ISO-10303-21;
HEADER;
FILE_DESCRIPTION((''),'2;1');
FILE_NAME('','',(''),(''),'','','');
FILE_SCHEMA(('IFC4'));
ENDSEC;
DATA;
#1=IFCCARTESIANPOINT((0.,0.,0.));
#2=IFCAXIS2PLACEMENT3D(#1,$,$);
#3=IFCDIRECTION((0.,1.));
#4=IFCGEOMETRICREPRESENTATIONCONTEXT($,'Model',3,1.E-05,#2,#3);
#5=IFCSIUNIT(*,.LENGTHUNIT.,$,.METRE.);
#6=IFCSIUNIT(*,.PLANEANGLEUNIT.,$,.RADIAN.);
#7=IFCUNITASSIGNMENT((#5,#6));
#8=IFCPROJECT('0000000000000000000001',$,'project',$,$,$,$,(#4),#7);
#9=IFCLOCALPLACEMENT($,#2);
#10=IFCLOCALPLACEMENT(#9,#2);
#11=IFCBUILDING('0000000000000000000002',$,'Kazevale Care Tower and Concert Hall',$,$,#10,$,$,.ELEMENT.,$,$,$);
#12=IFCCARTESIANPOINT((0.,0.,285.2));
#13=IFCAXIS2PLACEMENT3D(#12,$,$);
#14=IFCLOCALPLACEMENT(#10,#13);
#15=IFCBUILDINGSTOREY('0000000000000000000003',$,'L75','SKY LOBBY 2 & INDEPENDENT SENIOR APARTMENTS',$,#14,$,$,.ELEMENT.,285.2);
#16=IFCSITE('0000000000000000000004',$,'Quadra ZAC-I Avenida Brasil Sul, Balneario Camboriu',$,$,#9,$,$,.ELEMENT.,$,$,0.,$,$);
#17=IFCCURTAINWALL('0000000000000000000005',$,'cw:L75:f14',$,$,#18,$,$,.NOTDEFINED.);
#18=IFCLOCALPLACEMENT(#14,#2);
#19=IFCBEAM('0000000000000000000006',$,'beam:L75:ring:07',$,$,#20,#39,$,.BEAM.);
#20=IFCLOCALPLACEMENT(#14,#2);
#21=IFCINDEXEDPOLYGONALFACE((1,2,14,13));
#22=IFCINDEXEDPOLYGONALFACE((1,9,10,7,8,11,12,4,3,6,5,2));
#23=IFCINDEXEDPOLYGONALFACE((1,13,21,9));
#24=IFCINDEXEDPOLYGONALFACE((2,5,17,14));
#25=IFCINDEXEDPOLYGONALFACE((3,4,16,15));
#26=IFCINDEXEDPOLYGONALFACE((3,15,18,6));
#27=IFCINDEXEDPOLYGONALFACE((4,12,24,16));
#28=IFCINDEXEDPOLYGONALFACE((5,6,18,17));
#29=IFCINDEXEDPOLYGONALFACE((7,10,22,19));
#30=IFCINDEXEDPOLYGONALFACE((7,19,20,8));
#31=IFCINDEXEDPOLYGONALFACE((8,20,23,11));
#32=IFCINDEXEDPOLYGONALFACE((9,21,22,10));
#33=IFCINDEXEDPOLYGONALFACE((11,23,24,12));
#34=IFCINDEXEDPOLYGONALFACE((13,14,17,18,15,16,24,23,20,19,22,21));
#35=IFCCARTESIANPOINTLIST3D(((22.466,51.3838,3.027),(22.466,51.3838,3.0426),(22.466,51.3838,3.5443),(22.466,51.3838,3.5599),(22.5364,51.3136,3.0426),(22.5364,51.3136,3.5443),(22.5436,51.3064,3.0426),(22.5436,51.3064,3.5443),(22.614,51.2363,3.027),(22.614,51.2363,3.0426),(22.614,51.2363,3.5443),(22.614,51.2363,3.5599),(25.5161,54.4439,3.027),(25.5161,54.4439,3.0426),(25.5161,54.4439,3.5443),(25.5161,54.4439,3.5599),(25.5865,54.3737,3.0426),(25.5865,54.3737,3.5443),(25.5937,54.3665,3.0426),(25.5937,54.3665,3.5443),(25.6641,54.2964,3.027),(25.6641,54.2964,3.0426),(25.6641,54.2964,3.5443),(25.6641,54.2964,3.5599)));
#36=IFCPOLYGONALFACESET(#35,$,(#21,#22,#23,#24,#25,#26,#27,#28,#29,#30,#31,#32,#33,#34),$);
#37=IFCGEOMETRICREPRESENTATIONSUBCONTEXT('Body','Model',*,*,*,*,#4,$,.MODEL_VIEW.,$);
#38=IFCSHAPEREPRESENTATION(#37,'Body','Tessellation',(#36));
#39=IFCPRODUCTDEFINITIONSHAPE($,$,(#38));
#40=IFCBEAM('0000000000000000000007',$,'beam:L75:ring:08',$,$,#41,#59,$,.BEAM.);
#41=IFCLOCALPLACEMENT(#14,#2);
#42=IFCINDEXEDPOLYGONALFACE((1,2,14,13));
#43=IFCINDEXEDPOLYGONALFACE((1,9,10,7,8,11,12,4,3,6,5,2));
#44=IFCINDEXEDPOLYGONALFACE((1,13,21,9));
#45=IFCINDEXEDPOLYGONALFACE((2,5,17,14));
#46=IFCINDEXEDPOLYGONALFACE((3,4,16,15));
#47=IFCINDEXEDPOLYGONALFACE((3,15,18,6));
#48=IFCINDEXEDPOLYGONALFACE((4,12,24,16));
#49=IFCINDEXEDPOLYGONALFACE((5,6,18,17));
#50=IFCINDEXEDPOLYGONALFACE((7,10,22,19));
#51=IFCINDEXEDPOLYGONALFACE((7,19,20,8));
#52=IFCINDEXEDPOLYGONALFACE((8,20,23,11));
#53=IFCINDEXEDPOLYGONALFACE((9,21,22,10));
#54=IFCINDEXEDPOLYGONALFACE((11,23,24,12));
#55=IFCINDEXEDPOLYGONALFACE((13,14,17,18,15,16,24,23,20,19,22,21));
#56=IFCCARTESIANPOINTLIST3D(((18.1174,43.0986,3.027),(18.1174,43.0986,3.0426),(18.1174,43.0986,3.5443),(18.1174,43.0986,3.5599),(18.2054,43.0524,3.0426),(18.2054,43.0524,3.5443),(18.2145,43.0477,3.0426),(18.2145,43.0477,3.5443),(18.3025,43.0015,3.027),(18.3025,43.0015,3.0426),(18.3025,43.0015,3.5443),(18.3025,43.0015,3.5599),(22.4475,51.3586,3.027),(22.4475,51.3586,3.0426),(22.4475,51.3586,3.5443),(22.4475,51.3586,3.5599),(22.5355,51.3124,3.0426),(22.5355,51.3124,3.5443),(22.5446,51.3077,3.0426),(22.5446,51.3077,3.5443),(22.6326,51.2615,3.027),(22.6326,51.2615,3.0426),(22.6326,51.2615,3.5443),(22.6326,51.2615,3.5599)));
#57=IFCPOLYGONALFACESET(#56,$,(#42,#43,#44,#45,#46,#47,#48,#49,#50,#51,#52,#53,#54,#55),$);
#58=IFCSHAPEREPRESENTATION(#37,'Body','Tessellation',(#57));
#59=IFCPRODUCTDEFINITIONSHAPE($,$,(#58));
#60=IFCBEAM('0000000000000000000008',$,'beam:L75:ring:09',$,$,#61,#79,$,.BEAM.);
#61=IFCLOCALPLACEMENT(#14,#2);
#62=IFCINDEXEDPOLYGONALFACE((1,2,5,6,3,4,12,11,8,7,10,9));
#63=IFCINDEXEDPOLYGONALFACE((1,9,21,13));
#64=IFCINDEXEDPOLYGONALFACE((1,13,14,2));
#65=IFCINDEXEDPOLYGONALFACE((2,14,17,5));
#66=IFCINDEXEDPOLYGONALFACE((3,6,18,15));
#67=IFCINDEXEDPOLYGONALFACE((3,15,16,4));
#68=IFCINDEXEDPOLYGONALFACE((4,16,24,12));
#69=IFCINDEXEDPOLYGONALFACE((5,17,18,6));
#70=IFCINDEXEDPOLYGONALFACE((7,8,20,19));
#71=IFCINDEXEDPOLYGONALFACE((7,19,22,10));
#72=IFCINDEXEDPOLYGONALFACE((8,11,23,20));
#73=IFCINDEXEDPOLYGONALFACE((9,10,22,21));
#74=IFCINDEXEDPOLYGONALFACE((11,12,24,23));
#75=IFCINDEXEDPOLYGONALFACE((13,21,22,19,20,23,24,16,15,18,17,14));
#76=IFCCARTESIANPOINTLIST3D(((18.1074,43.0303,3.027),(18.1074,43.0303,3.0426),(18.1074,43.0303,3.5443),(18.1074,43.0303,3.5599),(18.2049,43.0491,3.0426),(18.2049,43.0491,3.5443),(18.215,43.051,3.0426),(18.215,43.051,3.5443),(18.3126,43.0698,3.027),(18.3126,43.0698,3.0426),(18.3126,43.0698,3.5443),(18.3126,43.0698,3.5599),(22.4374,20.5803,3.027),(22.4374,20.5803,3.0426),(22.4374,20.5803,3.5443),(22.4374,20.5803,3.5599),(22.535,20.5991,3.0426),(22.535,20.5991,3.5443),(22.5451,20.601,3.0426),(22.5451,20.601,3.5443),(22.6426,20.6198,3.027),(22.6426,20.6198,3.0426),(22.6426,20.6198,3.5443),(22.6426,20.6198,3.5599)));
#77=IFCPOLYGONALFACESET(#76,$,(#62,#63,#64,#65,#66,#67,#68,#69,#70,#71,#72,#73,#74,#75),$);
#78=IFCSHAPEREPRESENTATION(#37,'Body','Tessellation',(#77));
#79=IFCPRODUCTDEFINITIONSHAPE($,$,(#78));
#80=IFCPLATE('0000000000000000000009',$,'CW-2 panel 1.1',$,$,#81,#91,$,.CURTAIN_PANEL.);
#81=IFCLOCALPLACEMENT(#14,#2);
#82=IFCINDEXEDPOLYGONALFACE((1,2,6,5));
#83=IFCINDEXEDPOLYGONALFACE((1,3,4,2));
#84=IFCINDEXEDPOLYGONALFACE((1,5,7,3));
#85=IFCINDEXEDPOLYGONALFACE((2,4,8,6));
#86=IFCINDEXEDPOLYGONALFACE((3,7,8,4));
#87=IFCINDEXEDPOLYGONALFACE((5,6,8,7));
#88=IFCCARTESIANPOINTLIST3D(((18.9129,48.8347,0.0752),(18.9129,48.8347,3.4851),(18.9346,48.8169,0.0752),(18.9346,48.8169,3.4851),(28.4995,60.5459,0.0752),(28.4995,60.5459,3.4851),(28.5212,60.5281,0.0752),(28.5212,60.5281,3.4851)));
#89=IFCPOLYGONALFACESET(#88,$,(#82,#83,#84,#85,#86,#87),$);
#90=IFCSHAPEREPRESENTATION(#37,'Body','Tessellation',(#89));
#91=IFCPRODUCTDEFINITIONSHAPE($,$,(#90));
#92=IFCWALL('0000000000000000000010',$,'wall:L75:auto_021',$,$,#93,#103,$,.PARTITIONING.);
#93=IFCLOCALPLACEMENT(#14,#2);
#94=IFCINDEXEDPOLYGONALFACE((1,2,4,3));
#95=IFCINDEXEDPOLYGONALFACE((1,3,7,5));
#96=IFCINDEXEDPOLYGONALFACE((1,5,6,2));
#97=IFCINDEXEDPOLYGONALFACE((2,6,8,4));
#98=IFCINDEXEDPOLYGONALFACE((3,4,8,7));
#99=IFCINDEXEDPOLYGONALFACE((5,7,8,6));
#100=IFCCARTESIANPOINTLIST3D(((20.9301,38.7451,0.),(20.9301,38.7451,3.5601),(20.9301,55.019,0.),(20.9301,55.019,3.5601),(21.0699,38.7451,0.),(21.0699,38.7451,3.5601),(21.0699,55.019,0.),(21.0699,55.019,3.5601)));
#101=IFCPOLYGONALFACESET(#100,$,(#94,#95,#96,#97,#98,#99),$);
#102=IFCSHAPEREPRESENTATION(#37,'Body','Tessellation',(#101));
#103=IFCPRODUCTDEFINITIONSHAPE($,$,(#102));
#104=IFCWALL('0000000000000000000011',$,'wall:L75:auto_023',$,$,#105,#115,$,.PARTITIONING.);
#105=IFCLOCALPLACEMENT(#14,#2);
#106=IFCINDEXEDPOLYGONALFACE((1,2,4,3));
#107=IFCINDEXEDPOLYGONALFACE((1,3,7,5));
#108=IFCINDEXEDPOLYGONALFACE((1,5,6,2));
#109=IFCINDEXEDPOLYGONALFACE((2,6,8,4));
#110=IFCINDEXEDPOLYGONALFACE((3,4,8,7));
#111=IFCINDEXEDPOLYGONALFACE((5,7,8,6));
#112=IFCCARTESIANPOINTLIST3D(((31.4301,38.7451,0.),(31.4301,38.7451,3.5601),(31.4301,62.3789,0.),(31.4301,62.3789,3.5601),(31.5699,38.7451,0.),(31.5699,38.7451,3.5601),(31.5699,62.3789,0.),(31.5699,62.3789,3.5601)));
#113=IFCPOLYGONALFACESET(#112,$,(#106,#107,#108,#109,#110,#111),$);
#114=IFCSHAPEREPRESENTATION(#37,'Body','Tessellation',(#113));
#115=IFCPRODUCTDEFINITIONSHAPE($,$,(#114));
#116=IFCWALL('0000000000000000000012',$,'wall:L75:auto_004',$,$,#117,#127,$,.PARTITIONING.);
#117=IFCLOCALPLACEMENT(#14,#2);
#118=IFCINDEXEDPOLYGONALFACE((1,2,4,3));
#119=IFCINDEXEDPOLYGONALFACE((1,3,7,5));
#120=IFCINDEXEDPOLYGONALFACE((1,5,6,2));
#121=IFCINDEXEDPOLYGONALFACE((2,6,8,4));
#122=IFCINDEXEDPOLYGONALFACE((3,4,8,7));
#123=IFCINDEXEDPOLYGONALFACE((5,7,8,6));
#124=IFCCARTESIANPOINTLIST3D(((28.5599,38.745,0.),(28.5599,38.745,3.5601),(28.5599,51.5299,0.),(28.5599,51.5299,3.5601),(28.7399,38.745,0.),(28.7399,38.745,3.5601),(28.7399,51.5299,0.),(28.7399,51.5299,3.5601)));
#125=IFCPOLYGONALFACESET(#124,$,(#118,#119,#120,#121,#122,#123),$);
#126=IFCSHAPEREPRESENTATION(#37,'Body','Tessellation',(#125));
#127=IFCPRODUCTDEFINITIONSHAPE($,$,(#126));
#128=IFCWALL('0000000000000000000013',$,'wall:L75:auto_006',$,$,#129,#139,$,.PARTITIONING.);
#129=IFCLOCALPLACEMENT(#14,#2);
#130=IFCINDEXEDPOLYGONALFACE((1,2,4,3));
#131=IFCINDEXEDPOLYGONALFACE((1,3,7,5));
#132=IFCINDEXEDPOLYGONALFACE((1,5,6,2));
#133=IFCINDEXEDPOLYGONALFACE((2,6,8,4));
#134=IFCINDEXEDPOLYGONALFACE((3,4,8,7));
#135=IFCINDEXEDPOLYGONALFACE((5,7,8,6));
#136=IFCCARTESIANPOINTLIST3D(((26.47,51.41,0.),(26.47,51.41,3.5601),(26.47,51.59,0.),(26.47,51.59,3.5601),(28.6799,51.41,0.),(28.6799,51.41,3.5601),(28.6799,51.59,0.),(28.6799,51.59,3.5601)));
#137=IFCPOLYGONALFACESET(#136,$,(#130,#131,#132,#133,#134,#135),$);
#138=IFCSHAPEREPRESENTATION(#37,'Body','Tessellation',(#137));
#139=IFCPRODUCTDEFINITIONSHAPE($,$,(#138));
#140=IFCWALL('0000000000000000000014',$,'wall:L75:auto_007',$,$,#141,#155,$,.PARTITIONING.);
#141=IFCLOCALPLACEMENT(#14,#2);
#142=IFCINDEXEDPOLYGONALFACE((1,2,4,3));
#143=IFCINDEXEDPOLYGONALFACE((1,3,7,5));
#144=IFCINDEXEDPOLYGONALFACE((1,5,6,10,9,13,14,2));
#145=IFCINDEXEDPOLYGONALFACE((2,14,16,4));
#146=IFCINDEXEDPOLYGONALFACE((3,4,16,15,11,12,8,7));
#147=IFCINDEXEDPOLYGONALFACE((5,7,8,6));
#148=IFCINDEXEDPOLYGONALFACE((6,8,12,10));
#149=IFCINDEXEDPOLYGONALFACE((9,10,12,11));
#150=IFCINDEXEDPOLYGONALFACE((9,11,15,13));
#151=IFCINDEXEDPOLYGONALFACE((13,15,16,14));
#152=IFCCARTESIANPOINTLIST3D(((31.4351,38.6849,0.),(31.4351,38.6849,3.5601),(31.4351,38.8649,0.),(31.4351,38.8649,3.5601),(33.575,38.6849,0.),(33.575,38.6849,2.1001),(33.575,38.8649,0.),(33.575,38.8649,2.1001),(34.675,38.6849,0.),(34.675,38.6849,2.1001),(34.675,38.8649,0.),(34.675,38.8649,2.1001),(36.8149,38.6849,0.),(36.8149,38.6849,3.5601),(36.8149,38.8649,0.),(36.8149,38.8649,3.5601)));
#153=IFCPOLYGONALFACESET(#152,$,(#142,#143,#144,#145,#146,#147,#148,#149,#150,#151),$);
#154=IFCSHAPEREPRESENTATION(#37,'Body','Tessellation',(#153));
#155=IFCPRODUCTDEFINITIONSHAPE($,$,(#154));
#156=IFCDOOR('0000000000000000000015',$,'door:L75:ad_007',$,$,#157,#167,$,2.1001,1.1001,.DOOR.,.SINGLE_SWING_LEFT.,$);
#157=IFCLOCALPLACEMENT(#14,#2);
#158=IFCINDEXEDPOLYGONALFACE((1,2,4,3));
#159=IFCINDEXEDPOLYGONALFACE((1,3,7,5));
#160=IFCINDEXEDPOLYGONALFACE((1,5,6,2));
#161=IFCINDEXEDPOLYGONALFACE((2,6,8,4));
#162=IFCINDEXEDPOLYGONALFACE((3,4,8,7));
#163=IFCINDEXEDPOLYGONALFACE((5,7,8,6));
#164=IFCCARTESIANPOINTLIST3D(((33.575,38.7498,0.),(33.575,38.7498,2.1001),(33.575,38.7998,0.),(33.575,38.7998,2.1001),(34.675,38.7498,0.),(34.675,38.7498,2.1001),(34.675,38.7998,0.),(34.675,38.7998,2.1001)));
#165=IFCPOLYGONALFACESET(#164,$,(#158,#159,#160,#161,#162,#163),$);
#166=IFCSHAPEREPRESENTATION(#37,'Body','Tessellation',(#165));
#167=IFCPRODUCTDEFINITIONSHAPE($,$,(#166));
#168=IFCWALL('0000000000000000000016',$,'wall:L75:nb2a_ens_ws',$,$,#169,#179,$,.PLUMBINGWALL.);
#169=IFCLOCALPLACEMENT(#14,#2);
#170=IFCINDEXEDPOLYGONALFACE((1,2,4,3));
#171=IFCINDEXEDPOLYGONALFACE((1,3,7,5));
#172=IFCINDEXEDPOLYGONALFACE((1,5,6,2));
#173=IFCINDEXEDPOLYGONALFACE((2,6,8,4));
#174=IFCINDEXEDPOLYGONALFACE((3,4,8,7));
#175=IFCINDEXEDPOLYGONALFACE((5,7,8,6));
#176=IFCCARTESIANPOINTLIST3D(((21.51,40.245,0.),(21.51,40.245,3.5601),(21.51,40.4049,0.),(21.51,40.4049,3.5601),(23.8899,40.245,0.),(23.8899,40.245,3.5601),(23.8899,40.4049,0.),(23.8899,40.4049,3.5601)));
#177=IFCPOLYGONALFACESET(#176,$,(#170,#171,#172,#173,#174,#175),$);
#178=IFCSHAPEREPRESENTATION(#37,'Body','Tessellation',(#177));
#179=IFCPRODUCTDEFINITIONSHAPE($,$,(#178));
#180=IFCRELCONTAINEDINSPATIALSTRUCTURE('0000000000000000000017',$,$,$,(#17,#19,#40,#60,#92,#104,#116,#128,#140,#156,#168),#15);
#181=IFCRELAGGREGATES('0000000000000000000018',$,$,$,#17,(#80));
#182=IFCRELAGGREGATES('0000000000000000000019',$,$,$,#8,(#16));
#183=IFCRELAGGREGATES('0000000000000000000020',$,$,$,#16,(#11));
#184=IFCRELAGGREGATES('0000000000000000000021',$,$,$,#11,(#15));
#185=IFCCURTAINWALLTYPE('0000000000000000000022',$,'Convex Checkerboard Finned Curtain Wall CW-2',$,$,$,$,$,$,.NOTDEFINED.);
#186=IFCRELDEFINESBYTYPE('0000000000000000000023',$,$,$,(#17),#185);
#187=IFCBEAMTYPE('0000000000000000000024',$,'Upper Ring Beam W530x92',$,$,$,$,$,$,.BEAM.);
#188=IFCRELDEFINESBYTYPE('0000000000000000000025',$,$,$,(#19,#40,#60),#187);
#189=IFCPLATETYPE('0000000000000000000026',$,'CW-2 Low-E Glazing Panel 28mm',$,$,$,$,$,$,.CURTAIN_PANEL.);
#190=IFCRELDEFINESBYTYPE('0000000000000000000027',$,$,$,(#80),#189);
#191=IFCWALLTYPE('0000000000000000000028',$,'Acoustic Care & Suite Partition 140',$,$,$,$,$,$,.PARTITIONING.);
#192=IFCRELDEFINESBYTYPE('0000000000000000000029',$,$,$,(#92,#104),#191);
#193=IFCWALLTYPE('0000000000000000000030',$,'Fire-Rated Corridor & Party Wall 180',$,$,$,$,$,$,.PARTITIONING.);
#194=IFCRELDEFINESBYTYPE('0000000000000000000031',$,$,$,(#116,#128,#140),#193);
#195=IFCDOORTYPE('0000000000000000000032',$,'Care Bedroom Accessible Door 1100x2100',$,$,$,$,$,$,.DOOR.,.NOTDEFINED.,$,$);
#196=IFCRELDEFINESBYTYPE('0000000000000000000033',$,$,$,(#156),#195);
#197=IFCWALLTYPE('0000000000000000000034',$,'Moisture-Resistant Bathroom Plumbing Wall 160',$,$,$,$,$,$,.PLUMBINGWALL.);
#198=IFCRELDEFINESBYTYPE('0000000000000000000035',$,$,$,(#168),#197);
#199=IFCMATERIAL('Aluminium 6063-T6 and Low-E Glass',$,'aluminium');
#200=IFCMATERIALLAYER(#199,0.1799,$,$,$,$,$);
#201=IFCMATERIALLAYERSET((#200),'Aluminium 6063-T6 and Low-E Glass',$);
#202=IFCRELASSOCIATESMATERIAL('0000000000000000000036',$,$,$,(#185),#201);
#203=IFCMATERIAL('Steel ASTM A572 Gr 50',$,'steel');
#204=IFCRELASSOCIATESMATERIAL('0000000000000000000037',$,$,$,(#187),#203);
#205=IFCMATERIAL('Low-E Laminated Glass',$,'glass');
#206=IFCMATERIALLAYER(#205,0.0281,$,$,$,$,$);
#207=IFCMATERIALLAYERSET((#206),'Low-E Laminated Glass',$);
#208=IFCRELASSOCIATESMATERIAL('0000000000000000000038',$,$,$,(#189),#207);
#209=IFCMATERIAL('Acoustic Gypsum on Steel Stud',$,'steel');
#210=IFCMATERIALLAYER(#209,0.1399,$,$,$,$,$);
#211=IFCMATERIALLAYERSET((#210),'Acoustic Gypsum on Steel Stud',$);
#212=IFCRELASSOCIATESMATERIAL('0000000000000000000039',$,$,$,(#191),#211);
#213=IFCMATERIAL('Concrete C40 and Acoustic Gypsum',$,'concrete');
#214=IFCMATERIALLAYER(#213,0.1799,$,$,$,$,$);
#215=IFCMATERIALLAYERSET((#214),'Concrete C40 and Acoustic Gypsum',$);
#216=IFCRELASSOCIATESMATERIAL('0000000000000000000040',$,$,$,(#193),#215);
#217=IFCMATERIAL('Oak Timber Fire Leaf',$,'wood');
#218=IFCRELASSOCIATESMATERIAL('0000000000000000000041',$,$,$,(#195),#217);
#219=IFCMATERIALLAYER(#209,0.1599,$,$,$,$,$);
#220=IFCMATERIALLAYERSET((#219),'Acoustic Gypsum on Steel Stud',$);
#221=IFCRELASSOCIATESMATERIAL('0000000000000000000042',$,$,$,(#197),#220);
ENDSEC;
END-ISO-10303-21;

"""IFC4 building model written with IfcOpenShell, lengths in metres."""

from ifc_helpers import new_model, si_unit, direction, frame, frame_2d, origin, origin_2d, place, context, subcontext, project, spatial, rectangle, i_section, extrude, material, layer, layer_set, material_profile, profile_set, type_object, element, fill, aggregate, save


model = new_model("IFC4")

# Units and contexts
model_context = context("Model", 3, precision=1e-05, world=origin(), true_north=direction((0.0, 1.0)))
body_context = subcontext(model_context, "Body", "Model", "MODEL_VIEW")
ifc_project = project(units=[si_unit("LENGTHUNIT", "METRE"), si_unit("PLANEANGLEUNIT", "RADIAN")], contexts=[model_context])

# Site, building, storey
site_placement = place(None, origin())
site = spatial("IfcSite", under=ifc_project, at=site_placement, Name="Quadra ZAC-I Avenida Brasil Sul, Balneario Camboriu", CompositionType="ELEMENT", RefElevation=0.0)
building_placement = place(site_placement, origin())
building = spatial("IfcBuilding", under=site, at=building_placement, Name="Kazevale Care Tower and Concert Hall", CompositionType="ELEMENT")
storey_placement = place(building_placement, frame((0.0, 0.0, 285.2)))
storey = spatial("IfcBuildingStorey", under=building, at=storey_placement, Name="L75", Description="SKY LOBBY 2 & INDEPENDENT SENIOR APARTMENTS", CompositionType="ELEMENT", Elevation=285.2)

# Curtain wall
ifc_material_1 = material(Name="Aluminium 6063-T6 and Low-E Glass", Category="aluminium")
ifc_layer_1 = layer(ifc_material_1, 0.1799)
ifc_layer_set_1 = layer_set([ifc_layer_1], Name="Aluminium 6063-T6 and Low-E Glass")
curtain_wall_type_1 = type_object("IfcCurtainWallType", Name="Convex Checkerboard Finned Curtain Wall CW-2", PredefinedType="NOTDEFINED", material=ifc_layer_set_1)
curtain_wall_1_placement = place(storey_placement, origin())
curtain_wall_1 = element("IfcCurtainWall", 1, at=curtain_wall_1_placement, inside=storey, type_object=curtain_wall_type_1, Name="cw:L75:f14", PredefinedType="NOTDEFINED")

# Beams
ifc_material_2 = material(Name="Steel ASTM A572 Gr 50", Category="steel")
ifc_material_profile_1 = material_profile(ifc_material_2, i_section(OverallWidth=0.209, OverallDepth=0.533, WebThickness=0.0103, FlangeThickness=0.0156, at=origin_2d()), Name="W530x92")
ifc_profile_set_1 = profile_set([ifc_material_profile_1], Name="Steel ASTM A572 Gr 50")
beam_type_1 = type_object("IfcBeamType", Name="Upper Ring Beam W530x92", PredefinedType="BEAM", material=ifc_profile_set_1)
beam_1_placement = place(storey_placement, frame((25.5901, 54.3701, 3.2935), z_axis=(-0.705947, -0.708264, 0.0), x_axis=(0.708264, -0.705947, 0.0)))
element("IfcBeam", 2, at=beam_1_placement, inside=storey, type_object=beam_type_1, Name="beam:L75:ring:07", PredefinedType="BEAM", context=body_context, shape_type="SweptSolid", body=[
    extrude(i_section(OverallWidth=0.209, OverallDepth=0.533, WebThickness=0.0103, FlangeThickness=0.0156, at=origin_2d()), origin(), (0.0, 0.0, 1.0), 4.3206),
])
beam_2_placement = place(storey_placement, frame((22.54, 51.3101, 3.2935), z_axis=(-0.464294, -0.885681, 0.0), x_axis=(0.885681, -0.464294, 0.0)))
element("IfcBeam", 3, at=beam_2_placement, inside=storey, type_object=beam_type_1, Name="beam:L75:ring:08", PredefinedType="BEAM", context=body_context, shape_type="SweptSolid", body=[
    extrude(i_section(OverallWidth=0.209, OverallDepth=0.533, WebThickness=0.0103, FlangeThickness=0.0156, at=origin_2d()), origin(), (0.0, 0.0, 1.0), 9.3262),
])
beam_3_placement = place(storey_placement, frame((18.21, 43.05, 3.2935), z_axis=(0.189386, -0.981903, 0.0), x_axis=(0.981903, 0.189386, 0.0)))
element("IfcBeam", 4, at=beam_3_placement, inside=storey, type_object=beam_type_1, Name="beam:L75:ring:09", PredefinedType="BEAM", context=body_context, shape_type="SweptSolid", body=[
    extrude(i_section(OverallWidth=0.209, OverallDepth=0.533, WebThickness=0.0103, FlangeThickness=0.0156, at=origin_2d()), origin(), (0.0, 0.0, 1.0), 22.8638),
])

# Plate
ifc_material_3 = material(Name="Low-E Laminated Glass", Category="glass")
ifc_layer_2 = layer(ifc_material_3, 0.0281)
ifc_layer_set_2 = layer_set([ifc_layer_2], Name="Low-E Laminated Glass")
plate_type = type_object("IfcPlateType", Name="CW-2 Low-E Glazing Panel 28mm", PredefinedType="CURTAIN_PANEL", material=ifc_layer_set_2)
plate_placement = place(storey_placement, frame((23.717, 54.6814, 0.0752), z_axis=(0.0, 0.0, 1.0), x_axis=(0.633426, 0.773803, 0.0)))
plate = element("IfcPlate", 5, at=plate_placement, type_object=plate_type, Name="CW-2 panel 1.1", PredefinedType="CURTAIN_PANEL", context=body_context, shape_type="SweptSolid", body=[
    extrude(rectangle(XDim=15.1345, YDim=0.0281, at=origin_2d()), origin(), (0.0, 0.0, 1.0), 3.4099),
])
aggregate(curtain_wall_1, [plate])

# Walls
ifc_material_4 = material(Name="Acoustic Gypsum on Steel Stud", Category="steel")
ifc_layer_3 = layer(ifc_material_4, 0.1399)
ifc_layer_set_3 = layer_set([ifc_layer_3], Name="Acoustic Gypsum on Steel Stud")
wall_type_1 = type_object("IfcWallType", Name="Acoustic Care & Suite Partition 140", PredefinedType="PARTITIONING", material=ifc_layer_set_3)
wall_1_placement = place(storey_placement, frame((21.0, 55.019, 0.0), z_axis=(0.0, 0.0, 1.0), x_axis=(0.0, -1.0, 0.0)))
element("IfcWall", 6, at=wall_1_placement, inside=storey, type_object=wall_type_1, Name="wall:L75:auto_021", PredefinedType="PARTITIONING", context=body_context, shape_type="SweptSolid", body=[
    extrude(rectangle(XDim=16.2739, YDim=0.1399, at=frame_2d((8.137, 0.0))), origin(), (0.0, 0.0, 1.0), 3.5601),
])
wall_2_placement = place(storey_placement, frame((31.5, 62.3789, 0.0), z_axis=(0.0, 0.0, 1.0), x_axis=(0.0, -1.0, 0.0)))
element("IfcWall", 7, at=wall_2_placement, inside=storey, type_object=wall_type_1, Name="wall:L75:auto_023", PredefinedType="PARTITIONING", context=body_context, shape_type="SweptSolid", body=[
    extrude(rectangle(XDim=23.6338, YDim=0.1399, at=frame_2d((11.8169, 0.0))), origin(), (0.0, 0.0, 1.0), 3.5601),
])
ifc_material_5 = material(Name="Concrete C40 and Acoustic Gypsum", Category="concrete")
ifc_layer_4 = layer(ifc_material_5, 0.1799)
ifc_layer_set_4 = layer_set([ifc_layer_4], Name="Concrete C40 and Acoustic Gypsum")
wall_type_2 = type_object("IfcWallType", Name="Fire-Rated Corridor & Party Wall 180", PredefinedType="PARTITIONING", material=ifc_layer_set_4)
wall_3_placement = place(storey_placement, frame((28.6499, 51.53, 0.0), z_axis=(0.0, 0.0, 1.0), x_axis=(0.0, -1.0, 0.0)))
element("IfcWall", 8, at=wall_3_placement, inside=storey, type_object=wall_type_2, Name="wall:L75:auto_004", PredefinedType="PARTITIONING", context=body_context, shape_type="SweptSolid", body=[
    extrude(rectangle(XDim=12.7849, YDim=0.1799, at=frame_2d((6.3926, 0.0))), origin(), (0.0, 0.0, 1.0), 3.5601),
])
wall_4_placement = place(storey_placement, frame((26.47, 51.5, 0.0), z_axis=(0.0, 0.0, 1.0), x_axis=(1.0, 0.0, 0.0)))
element("IfcWall", 9, at=wall_4_placement, inside=storey, type_object=wall_type_2, Name="wall:L75:auto_006", PredefinedType="PARTITIONING", context=body_context, shape_type="SweptSolid", body=[
    extrude(rectangle(XDim=2.21, YDim=0.1799, at=frame_2d((1.105, 0.0))), origin(), (0.0, 0.0, 1.0), 3.5601),
])

# Wall, opening, door
wall_5_placement = place(storey_placement, frame((31.4351, 38.7749, 0.0), z_axis=(0.0, 0.0, 1.0), x_axis=(1.0, 0.0, 0.0)))
wall_5 = element("IfcWall", 10, at=wall_5_placement, inside=storey, type_object=wall_type_2, Name="wall:L75:auto_007", PredefinedType="PARTITIONING", context=body_context, shape_type="SweptSolid", body=[
    extrude(rectangle(XDim=5.3799, YDim=0.1799, at=frame_2d((2.6899, 0.0))), origin(), (0.0, 0.0, 1.0), 3.5601),
])
opening_1_placement = place(wall_5_placement, frame((2.1399, 0.0, 0.0)))
opening_1 = element("IfcOpeningElement", 11, at=opening_1_placement, cuts=wall_5, PredefinedType="OPENING", context=body_context, shape_type="SweptSolid", body=[
    extrude(rectangle(XDim=1.1001, YDim=2.1001, at=frame_2d((0.55, 1.05))), frame((0.0, 0.0999, 0.0), z_axis=(0.0, -1.0, 0.0), x_axis=(1.0, 0.0, 0.0)), (0.0, 0.0, 1.0), 0.2),
])
ifc_material_6 = material(Name="Oak Timber Fire Leaf", Category="wood")
door_type_1 = type_object("IfcDoorType", Name="Care Bedroom Accessible Door 1100x2100", OperationType="NOTDEFINED", PredefinedType="DOOR", material=ifc_material_6)
door_1_placement = place(opening_1_placement, origin())
door_1 = element("IfcDoor", 12, at=door_1_placement, inside=storey, type_object=door_type_1, Name="door:L75:ad_007", OperationType="SINGLE_SWING_LEFT", OverallHeight=2.1001, OverallWidth=1.1001, PredefinedType="DOOR", context=body_context, shape_type="SweptSolid", body=[
    extrude(rectangle(XDim=1.1001, YDim=2.1001, at=frame_2d((0.55, 1.05))), frame((0.0, 0.0249, 0.0), z_axis=(0.0, -1.0, 0.0), x_axis=(1.0, 0.0, 0.0)), (0.0, 0.0, 1.0), 0.05),
])
fill(opening_1, door_1)

# Wall
ifc_layer_5 = layer(ifc_material_4, 0.1599)
ifc_layer_set_5 = layer_set([ifc_layer_5], Name="Acoustic Gypsum on Steel Stud")
wall_type_3 = type_object("IfcWallType", Name="Moisture-Resistant Bathroom Plumbing Wall 160", PredefinedType="PLUMBINGWALL", material=ifc_layer_set_5)
wall_6_placement = place(storey_placement, frame((21.51, 40.325, 0.0), z_axis=(0.0, 0.0, 1.0), x_axis=(1.0, 0.0, 0.0)))
element("IfcWall", 13, at=wall_6_placement, inside=storey, type_object=wall_type_3, Name="wall:L75:nb2a_ens_ws", PredefinedType="PLUMBINGWALL", context=body_context, shape_type="SweptSolid", body=[
    extrude(rectangle(XDim=2.3799, YDim=0.1599, at=frame_2d((1.1899, 0.0))), origin(), (0.0, 0.0, 1.0), 3.5601),
])

save(model, "model.ifc")
